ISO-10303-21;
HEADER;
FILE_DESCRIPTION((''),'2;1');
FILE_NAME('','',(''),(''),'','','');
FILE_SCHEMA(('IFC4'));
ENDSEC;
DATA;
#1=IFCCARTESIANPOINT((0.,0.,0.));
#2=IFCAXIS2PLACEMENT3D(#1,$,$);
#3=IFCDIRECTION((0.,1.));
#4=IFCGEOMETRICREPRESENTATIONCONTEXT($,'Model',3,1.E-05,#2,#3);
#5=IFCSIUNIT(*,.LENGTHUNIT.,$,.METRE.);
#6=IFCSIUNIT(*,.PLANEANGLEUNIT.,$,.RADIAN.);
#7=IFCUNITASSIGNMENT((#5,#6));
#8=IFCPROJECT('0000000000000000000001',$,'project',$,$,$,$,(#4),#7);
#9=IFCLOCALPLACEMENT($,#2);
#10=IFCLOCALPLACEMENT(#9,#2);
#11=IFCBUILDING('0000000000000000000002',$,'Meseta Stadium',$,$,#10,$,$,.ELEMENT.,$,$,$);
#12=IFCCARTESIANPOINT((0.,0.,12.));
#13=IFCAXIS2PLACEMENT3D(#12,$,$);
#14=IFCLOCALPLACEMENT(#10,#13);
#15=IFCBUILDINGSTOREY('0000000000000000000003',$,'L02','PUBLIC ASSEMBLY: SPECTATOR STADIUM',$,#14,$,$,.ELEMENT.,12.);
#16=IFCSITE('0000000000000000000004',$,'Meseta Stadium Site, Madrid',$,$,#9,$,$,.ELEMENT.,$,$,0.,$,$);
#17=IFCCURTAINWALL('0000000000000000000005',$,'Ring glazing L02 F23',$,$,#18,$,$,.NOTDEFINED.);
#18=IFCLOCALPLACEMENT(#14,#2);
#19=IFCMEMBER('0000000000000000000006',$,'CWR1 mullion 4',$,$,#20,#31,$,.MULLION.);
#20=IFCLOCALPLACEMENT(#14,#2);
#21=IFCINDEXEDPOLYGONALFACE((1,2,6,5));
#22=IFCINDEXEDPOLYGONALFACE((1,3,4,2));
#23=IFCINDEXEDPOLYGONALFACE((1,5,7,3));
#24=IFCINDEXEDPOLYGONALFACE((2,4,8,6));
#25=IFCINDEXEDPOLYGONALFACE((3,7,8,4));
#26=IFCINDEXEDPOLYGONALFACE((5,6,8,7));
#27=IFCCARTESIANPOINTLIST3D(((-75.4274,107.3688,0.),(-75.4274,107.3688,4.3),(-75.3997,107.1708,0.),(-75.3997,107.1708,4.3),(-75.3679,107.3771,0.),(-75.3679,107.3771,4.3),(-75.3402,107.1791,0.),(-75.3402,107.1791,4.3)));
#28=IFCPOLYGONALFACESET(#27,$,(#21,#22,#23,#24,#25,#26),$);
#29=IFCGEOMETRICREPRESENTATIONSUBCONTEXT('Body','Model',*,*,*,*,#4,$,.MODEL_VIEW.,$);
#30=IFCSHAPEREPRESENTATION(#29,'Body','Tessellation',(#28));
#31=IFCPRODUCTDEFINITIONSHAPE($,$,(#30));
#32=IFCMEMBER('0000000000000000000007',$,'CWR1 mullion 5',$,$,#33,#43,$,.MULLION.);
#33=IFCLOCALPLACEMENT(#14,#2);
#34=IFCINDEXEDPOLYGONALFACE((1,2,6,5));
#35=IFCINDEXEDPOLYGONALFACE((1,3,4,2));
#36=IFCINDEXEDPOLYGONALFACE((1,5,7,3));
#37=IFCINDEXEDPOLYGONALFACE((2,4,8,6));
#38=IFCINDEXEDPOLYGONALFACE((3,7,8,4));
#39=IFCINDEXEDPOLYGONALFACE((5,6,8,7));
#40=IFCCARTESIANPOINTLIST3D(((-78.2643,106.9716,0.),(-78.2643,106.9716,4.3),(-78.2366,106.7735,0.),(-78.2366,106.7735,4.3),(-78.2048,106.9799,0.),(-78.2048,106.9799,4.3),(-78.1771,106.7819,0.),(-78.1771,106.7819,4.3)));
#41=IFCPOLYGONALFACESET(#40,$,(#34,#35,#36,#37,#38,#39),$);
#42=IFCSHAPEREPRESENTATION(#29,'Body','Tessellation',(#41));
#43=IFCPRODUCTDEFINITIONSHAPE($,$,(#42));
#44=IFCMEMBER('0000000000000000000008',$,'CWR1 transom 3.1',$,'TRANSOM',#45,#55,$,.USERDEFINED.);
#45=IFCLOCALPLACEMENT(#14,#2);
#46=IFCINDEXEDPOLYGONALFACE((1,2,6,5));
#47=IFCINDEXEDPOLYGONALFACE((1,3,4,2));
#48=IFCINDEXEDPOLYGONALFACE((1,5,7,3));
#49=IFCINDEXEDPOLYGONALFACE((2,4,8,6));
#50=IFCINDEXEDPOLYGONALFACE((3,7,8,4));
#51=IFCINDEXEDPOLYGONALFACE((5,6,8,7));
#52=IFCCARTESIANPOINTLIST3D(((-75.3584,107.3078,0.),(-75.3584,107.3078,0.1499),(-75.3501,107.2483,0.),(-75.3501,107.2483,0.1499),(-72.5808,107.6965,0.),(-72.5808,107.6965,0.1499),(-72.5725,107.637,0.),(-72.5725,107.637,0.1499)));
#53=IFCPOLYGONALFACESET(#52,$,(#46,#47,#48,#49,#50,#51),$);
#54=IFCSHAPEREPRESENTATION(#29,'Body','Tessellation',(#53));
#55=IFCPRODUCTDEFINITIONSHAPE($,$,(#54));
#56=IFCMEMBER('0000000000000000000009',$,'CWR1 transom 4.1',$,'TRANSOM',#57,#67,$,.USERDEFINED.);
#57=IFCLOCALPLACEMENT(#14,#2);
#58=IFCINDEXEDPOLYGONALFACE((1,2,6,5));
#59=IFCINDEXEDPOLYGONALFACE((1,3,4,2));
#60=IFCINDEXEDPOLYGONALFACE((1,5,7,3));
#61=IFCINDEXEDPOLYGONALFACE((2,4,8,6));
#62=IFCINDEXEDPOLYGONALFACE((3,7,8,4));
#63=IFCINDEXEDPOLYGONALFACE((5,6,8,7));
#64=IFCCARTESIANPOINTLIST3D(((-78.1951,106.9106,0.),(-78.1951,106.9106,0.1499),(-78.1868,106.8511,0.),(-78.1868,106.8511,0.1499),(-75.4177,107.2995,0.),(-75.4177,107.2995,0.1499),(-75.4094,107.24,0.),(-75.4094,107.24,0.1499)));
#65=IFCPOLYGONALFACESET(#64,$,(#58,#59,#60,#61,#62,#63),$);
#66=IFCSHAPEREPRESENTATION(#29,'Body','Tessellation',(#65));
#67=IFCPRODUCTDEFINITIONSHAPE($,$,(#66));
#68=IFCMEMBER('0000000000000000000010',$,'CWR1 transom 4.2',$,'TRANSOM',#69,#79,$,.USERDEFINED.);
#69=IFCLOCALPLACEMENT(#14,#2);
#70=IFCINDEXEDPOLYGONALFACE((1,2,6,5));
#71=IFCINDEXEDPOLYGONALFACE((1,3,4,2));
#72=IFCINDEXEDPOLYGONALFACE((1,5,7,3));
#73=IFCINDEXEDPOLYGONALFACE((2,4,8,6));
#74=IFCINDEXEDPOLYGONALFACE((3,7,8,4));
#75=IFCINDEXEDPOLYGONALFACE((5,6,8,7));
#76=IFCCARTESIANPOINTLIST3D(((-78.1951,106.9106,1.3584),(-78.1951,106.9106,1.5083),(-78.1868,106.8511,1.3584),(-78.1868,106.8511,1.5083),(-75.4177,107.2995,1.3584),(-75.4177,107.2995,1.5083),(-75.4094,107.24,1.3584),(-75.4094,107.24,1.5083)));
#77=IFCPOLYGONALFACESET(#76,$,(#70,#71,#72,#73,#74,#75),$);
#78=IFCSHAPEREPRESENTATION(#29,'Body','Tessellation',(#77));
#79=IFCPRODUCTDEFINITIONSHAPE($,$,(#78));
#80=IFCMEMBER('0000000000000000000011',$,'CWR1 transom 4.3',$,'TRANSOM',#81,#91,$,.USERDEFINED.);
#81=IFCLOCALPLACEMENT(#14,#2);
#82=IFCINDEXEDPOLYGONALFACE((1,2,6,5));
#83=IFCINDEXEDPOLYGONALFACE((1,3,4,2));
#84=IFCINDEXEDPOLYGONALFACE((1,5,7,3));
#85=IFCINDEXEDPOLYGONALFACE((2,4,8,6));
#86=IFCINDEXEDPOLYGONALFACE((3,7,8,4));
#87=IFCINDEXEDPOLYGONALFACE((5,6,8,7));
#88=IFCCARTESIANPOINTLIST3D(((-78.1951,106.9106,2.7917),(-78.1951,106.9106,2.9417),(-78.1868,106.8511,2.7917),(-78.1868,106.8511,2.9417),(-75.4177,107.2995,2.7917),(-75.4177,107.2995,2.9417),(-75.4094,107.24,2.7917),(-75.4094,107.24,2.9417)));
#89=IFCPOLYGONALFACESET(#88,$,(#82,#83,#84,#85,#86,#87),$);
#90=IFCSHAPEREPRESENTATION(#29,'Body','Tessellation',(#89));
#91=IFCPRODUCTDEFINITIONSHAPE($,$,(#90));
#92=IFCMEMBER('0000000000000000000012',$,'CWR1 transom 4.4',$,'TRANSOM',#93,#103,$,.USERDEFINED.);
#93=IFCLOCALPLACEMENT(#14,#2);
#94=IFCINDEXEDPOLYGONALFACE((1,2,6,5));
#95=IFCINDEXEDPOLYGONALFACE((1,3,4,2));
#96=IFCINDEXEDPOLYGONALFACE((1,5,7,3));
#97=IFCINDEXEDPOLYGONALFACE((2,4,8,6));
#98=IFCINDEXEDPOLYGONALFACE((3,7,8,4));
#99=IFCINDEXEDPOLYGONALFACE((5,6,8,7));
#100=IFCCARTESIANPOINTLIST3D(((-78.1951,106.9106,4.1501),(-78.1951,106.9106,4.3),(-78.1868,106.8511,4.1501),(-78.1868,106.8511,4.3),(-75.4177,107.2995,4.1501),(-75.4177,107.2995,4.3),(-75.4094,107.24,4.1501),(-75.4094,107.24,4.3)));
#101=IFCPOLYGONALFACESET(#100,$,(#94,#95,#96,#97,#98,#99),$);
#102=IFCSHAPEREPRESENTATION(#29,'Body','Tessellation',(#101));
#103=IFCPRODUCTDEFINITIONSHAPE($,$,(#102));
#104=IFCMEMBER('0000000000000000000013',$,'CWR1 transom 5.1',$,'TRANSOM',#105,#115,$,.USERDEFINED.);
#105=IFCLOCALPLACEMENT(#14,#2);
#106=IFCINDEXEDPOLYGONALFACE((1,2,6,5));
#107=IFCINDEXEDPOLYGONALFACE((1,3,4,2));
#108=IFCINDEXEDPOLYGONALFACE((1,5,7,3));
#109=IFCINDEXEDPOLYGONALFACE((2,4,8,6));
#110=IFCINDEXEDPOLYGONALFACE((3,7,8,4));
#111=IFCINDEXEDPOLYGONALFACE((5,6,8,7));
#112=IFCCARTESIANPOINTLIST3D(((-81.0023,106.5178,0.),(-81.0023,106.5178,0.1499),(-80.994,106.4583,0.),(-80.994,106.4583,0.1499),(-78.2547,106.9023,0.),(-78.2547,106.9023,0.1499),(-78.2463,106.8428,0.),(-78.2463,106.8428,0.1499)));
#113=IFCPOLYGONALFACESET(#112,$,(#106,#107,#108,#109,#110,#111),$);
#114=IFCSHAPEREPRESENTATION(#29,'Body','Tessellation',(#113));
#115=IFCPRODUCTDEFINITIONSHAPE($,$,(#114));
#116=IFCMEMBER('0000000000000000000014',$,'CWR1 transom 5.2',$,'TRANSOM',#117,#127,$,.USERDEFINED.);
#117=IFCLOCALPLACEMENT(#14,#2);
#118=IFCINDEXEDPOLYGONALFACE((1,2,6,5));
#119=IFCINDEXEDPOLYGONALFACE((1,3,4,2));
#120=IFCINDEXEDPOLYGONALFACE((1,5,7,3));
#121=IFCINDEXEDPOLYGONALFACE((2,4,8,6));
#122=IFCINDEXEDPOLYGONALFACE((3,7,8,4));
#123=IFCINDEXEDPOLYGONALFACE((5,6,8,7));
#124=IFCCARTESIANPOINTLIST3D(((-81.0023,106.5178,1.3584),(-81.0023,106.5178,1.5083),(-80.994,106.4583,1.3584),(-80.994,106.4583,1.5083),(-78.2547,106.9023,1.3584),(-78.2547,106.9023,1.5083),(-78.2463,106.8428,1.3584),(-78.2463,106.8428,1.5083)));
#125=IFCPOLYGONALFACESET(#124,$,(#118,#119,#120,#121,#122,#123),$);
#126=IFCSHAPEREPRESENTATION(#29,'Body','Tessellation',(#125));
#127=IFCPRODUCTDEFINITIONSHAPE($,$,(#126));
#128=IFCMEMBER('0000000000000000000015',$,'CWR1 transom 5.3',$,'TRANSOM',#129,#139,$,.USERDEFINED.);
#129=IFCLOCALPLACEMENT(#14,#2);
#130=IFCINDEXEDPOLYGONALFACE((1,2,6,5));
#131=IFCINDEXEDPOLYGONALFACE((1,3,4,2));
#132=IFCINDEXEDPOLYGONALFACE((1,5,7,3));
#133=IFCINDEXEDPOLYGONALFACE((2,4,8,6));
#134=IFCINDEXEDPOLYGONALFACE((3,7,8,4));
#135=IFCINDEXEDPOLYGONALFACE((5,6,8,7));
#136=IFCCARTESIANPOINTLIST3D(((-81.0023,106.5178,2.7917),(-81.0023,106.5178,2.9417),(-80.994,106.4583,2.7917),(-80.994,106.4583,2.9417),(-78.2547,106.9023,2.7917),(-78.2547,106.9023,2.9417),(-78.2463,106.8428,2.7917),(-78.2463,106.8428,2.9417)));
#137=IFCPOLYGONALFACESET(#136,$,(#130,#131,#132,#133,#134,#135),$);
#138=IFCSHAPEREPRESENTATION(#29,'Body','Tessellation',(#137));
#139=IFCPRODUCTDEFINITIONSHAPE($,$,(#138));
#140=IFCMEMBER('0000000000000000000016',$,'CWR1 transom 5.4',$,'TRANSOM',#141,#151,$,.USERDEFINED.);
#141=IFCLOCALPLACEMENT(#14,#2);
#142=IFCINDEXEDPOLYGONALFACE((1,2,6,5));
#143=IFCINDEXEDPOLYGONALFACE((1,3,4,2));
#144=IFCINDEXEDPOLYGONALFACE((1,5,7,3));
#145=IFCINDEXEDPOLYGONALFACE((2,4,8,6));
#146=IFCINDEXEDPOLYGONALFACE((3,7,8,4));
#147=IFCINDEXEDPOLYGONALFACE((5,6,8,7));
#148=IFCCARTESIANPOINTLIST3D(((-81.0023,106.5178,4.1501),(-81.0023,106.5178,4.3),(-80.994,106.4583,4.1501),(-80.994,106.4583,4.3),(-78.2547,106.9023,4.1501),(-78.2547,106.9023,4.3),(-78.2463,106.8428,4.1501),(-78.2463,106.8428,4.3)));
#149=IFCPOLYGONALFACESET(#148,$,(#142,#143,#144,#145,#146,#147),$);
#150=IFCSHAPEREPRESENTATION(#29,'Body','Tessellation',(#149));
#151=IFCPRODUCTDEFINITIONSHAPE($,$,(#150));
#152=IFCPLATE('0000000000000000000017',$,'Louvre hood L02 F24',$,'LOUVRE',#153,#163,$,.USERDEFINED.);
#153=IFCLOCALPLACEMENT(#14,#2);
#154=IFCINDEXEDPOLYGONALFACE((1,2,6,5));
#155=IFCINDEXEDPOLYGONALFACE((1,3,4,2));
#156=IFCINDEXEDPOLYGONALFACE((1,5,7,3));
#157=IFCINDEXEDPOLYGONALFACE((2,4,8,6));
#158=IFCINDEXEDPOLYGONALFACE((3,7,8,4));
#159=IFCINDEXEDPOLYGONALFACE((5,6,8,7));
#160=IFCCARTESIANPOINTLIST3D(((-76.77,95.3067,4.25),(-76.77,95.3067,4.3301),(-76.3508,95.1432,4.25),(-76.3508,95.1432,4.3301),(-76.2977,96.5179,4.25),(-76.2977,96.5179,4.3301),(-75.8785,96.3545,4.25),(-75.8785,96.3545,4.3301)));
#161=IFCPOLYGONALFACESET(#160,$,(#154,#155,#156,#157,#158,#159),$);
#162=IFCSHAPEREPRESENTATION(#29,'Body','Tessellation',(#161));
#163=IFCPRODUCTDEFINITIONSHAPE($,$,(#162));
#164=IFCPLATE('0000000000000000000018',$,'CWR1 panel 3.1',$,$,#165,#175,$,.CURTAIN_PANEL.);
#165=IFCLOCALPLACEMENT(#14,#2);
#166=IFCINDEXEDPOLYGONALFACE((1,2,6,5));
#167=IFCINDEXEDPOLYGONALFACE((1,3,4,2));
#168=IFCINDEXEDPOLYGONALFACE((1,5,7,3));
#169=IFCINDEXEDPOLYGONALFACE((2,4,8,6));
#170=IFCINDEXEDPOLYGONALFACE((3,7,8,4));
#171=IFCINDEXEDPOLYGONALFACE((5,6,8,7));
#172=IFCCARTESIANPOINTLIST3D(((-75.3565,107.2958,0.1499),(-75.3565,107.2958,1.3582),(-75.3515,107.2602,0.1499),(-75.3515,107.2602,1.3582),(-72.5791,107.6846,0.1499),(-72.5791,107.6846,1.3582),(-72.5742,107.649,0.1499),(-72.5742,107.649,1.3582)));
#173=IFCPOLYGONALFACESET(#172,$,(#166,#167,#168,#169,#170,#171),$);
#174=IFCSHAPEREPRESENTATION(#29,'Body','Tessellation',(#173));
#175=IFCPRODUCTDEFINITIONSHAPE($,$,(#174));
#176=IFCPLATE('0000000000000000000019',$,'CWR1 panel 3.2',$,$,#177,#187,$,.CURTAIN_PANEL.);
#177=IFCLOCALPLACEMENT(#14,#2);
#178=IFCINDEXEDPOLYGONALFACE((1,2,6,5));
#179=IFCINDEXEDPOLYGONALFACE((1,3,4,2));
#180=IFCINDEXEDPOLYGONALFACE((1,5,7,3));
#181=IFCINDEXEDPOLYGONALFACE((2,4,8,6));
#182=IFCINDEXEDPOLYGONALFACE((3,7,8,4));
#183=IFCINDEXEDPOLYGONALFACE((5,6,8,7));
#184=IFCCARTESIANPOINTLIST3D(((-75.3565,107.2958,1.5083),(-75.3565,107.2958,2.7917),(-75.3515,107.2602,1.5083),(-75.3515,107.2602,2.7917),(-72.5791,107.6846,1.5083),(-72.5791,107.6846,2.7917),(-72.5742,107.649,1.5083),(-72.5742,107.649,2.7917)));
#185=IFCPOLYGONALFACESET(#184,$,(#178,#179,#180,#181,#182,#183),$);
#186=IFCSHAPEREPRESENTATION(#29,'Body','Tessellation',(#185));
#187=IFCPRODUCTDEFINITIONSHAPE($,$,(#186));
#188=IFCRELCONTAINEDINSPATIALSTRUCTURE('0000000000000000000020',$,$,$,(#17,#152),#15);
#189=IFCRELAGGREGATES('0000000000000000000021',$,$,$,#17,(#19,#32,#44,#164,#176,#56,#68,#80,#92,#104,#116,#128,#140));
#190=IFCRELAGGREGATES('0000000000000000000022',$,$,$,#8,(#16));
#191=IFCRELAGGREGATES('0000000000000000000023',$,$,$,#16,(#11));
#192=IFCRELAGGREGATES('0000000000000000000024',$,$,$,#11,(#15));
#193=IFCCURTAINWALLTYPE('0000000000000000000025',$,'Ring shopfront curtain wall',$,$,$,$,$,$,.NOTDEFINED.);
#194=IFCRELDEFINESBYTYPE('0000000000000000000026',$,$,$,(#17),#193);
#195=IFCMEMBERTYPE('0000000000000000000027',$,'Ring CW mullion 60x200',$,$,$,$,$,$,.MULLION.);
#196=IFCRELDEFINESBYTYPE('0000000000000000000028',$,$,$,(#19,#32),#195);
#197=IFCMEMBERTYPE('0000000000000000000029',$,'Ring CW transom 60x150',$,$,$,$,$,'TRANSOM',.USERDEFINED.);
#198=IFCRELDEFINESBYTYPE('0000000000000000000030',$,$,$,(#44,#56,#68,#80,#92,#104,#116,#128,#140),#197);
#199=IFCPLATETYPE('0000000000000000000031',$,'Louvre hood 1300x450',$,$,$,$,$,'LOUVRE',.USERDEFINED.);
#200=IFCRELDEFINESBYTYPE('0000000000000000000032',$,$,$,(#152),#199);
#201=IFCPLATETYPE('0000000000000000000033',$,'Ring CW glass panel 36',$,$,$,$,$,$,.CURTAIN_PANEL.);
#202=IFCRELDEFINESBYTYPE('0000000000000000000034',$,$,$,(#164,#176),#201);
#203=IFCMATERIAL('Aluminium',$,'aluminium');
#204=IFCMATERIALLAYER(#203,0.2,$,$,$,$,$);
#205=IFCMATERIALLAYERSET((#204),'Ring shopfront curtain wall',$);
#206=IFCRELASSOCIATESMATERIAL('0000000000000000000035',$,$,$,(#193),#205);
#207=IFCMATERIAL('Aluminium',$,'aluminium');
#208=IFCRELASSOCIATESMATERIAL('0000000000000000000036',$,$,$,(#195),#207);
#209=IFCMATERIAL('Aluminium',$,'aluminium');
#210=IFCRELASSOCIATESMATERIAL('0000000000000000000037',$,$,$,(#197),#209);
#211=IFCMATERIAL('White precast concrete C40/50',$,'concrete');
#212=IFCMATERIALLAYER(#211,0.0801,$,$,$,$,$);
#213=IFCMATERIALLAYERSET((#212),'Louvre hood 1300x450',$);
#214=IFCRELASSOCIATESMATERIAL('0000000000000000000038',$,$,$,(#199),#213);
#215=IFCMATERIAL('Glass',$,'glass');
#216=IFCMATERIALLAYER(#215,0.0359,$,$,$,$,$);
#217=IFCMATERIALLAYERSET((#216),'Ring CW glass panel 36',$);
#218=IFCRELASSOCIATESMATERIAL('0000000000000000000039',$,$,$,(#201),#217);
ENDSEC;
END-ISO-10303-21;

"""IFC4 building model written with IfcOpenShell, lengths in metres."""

from ifc_helpers import new_model, si_unit, direction, frame, origin, origin_2d, place, context, subcontext, project, spatial, rectangle, extrude, material, layer, layer_set, material_profile, profile_set, type_object, element, aggregate, save


model = new_model("IFC4")

# Units and contexts
model_context = context("Model", 3, precision=1e-05, world=origin(), true_north=direction((0.0, 1.0)))
body_context = subcontext(model_context, "Body", "Model", "MODEL_VIEW")
ifc_project = project(units=[si_unit("LENGTHUNIT", "METRE"), si_unit("PLANEANGLEUNIT", "RADIAN")], contexts=[model_context])

# Site, building, storey
site_placement = place(None, origin())
site = spatial("IfcSite", under=ifc_project, at=site_placement, Name="Meseta Stadium Site, Madrid", CompositionType="ELEMENT", RefElevation=0.0)
building_placement = place(site_placement, origin())
building = spatial("IfcBuilding", under=site, at=building_placement, Name="Meseta Stadium", CompositionType="ELEMENT")
storey_placement = place(building_placement, frame((0.0, 0.0, 12.0)))
storey = spatial("IfcBuildingStorey", under=building, at=storey_placement, Name="L02", Description="PUBLIC ASSEMBLY: SPECTATOR STADIUM", CompositionType="ELEMENT", Elevation=12.0)

# Curtain wall, members
ifc_material_1 = material(Name="Aluminium", Category="aluminium")
ifc_layer_1 = layer(ifc_material_1, 0.2)
ifc_layer_set_1 = layer_set([ifc_layer_1], Name="Ring shopfront curtain wall")
curtain_wall_type = type_object("IfcCurtainWallType", Name="Ring shopfront curtain wall", PredefinedType="NOTDEFINED", material=ifc_layer_set_1)
curtain_wall_placement = place(storey_placement, origin())
curtain_wall = element("IfcCurtainWall", 1, at=curtain_wall_placement, inside=storey, type_object=curtain_wall_type, Name="Ring glazing L02 F23", PredefinedType="NOTDEFINED")
ifc_material_2 = material(Name="Aluminium", Category="aluminium")
ifc_material_profile_1 = material_profile(ifc_material_2, rectangle(XDim=0.2, YDim=0.0601, at=origin_2d()), Name="CW 200x60")
ifc_profile_set_1 = profile_set([ifc_material_profile_1], Name="Aluminium")
member_type_1 = type_object("IfcMemberType", Name="Ring CW mullion 60x200", PredefinedType="MULLION", material=ifc_profile_set_1)
member_1_placement = place(storey_placement, frame((-75.3838, 107.2739, 0.0), z_axis=(0.0, 0.0, 1.0), x_axis=(0.138643, -0.990342, 0.0)))
member_1 = element("IfcMember", 2, at=member_1_placement, type_object=member_type_1, Name="CWR1 mullion 4", PredefinedType="MULLION", context=body_context, shape_type="SweptSolid", body=[
    extrude(rectangle(XDim=0.2, YDim=0.0601, at=origin_2d()), origin(), (0.0, 0.0, 1.0), 4.3),
])
member_2_placement = place(storey_placement, frame((-78.2207, 106.8767, 0.0), z_axis=(0.0, 0.0, 1.0), x_axis=(0.138643, -0.990342, 0.0)))
member_2 = element("IfcMember", 3, at=member_2_placement, type_object=member_type_1, Name="CWR1 mullion 5", PredefinedType="MULLION", context=body_context, shape_type="SweptSolid", body=[
    extrude(rectangle(XDim=0.2, YDim=0.0601, at=origin_2d()), origin(), (0.0, 0.0, 1.0), 4.3),
])
ifc_material_3 = material(Name="Aluminium", Category="aluminium")
ifc_material_profile_2 = material_profile(ifc_material_3, rectangle(XDim=0.0601, YDim=0.1499, at=origin_2d()), Name="CW 60x150")
ifc_profile_set_2 = profile_set([ifc_material_profile_2], Name="Aluminium")
member_type_2 = type_object("IfcMemberType", Name="Ring CW transom 60x150", ElementType="TRANSOM", PredefinedType="USERDEFINED", material=ifc_profile_set_2)
member_3_placement = place(storey_placement, frame((-72.5767, 107.6667, 0.075), z_axis=(-0.990351, -0.138581, 0.0), x_axis=(0.138581, -0.990351, 0.0)))
member_3 = element("IfcMember", 4, at=member_3_placement, type_object=member_type_2, Name="CWR1 transom 3.1", ObjectType="TRANSOM", PredefinedType="USERDEFINED", context=body_context, shape_type="SweptSolid", body=[
    extrude(rectangle(XDim=0.0601, YDim=0.1499, at=origin_2d()), origin(), (0.0, 0.0, 1.0), 2.8047),
])
member_4_placement = place(storey_placement, frame((-75.4136, 107.2698, 0.075), z_axis=(-0.990337, -0.138679, 0.0), x_axis=(0.138679, -0.990337, 0.0)))
member_4 = element("IfcMember", 5, at=member_4_placement, type_object=member_type_2, Name="CWR1 transom 4.1", ObjectType="TRANSOM", PredefinedType="USERDEFINED", context=body_context, shape_type="SweptSolid", body=[
    extrude(rectangle(XDim=0.0601, YDim=0.1499, at=origin_2d()), origin(), (0.0, 0.0, 1.0), 2.8044),
])
member_5_placement = place(storey_placement, frame((-75.4136, 107.2698, 1.4333), z_axis=(-0.990337, -0.138679, 0.0), x_axis=(0.138679, -0.990337, 0.0)))
member_5 = element("IfcMember", 6, at=member_5_placement, type_object=member_type_2, Name="CWR1 transom 4.2", ObjectType="TRANSOM", PredefinedType="USERDEFINED", context=body_context, shape_type="SweptSolid", body=[
    extrude(rectangle(XDim=0.0601, YDim=0.1499, at=origin_2d()), origin(), (0.0, 0.0, 1.0), 2.8044),
])
member_6_placement = place(storey_placement, frame((-75.4136, 107.2698, 2.8667), z_axis=(-0.990337, -0.138679, 0.0), x_axis=(0.138679, -0.990337, 0.0)))
member_6 = element("IfcMember", 7, at=member_6_placement, type_object=member_type_2, Name="CWR1 transom 4.3", ObjectType="TRANSOM", PredefinedType="USERDEFINED", context=body_context, shape_type="SweptSolid", body=[
    extrude(rectangle(XDim=0.0601, YDim=0.1499, at=origin_2d()), origin(), (0.0, 0.0, 1.0), 2.8044),
])
member_7_placement = place(storey_placement, frame((-75.4136, 107.2698, 4.2251), z_axis=(-0.990337, -0.138679, 0.0), x_axis=(0.138679, -0.990337, 0.0)))
member_7 = element("IfcMember", 8, at=member_7_placement, type_object=member_type_2, Name="CWR1 transom 4.4", ObjectType="TRANSOM", PredefinedType="USERDEFINED", context=body_context, shape_type="SweptSolid", body=[
    extrude(rectangle(XDim=0.0601, YDim=0.1499, at=origin_2d()), origin(), (0.0, 0.0, 1.0), 2.8044),
])
member_8_placement = place(storey_placement, frame((-78.2505, 106.8726, 0.075), z_axis=(-0.990349, -0.1386, 0.0), x_axis=(0.1386, -0.990349, 0.0)))
member_8 = element("IfcMember", 9, at=member_8_placement, type_object=member_type_2, Name="CWR1 transom 5.1", ObjectType="TRANSOM", PredefinedType="USERDEFINED", context=body_context, shape_type="SweptSolid", body=[
    extrude(rectangle(XDim=0.0601, YDim=0.1499, at=origin_2d()), origin(), (0.0, 0.0, 1.0), 2.7744),
])
member_9_placement = place(storey_placement, frame((-78.2505, 106.8726, 1.4333), z_axis=(-0.990349, -0.1386, 0.0), x_axis=(0.1386, -0.990349, 0.0)))
member_9 = element("IfcMember", 10, at=member_9_placement, type_object=member_type_2, Name="CWR1 transom 5.2", ObjectType="TRANSOM", PredefinedType="USERDEFINED", context=body_context, shape_type="SweptSolid", body=[
    extrude(rectangle(XDim=0.0601, YDim=0.1499, at=origin_2d()), origin(), (0.0, 0.0, 1.0), 2.7744),
])
member_10_placement = place(storey_placement, frame((-78.2505, 106.8726, 2.8667), z_axis=(-0.990349, -0.1386, 0.0), x_axis=(0.1386, -0.990349, 0.0)))
member_10 = element("IfcMember", 11, at=member_10_placement, type_object=member_type_2, Name="CWR1 transom 5.3", ObjectType="TRANSOM", PredefinedType="USERDEFINED", context=body_context, shape_type="SweptSolid", body=[
    extrude(rectangle(XDim=0.0601, YDim=0.1499, at=origin_2d()), origin(), (0.0, 0.0, 1.0), 2.7744),
])
member_11_placement = place(storey_placement, frame((-78.2505, 106.8726, 4.2251), z_axis=(-0.990349, -0.1386, 0.0), x_axis=(0.1386, -0.990349, 0.0)))
member_11 = element("IfcMember", 12, at=member_11_placement, type_object=member_type_2, Name="CWR1 transom 5.4", ObjectType="TRANSOM", PredefinedType="USERDEFINED", context=body_context, shape_type="SweptSolid", body=[
    extrude(rectangle(XDim=0.0601, YDim=0.1499, at=origin_2d()), origin(), (0.0, 0.0, 1.0), 2.7744),
])

# Plates
ifc_material_4 = material(Name="White precast concrete C40/50", Category="concrete")
ifc_layer_2 = layer(ifc_material_4, 0.0801)
ifc_layer_set_2 = layer_set([ifc_layer_2], Name="Louvre hood 1300x450")
plate_type_1 = type_object("IfcPlateType", Name="Louvre hood 1300x450", ElementType="LOUVRE", PredefinedType="USERDEFINED", material=ifc_layer_set_2)
plate_1_placement = place(storey_placement, frame((-76.3242, 95.8306, 4.25), z_axis=(0.0, 0.0, 1.0), x_axis=(-0.36328, -0.93168, 0.0)))
element("IfcPlate", 13, at=plate_1_placement, inside=storey, type_object=plate_type_1, Name="Louvre hood L02 F24", ObjectType="LOUVRE", PredefinedType="USERDEFINED", context=body_context, shape_type="SweptSolid", body=[
    extrude(rectangle(XDim=1.3, YDim=0.45, at=origin_2d()), origin(), (0.0, 0.0, 1.0), 0.0801),
])
ifc_material_5 = material(Name="Glass", Category="glass")
ifc_layer_3 = layer(ifc_material_5, 0.0359)
ifc_layer_set_3 = layer_set([ifc_layer_3], Name="Ring CW glass panel 36")
plate_type_2 = type_object("IfcPlateType", Name="Ring CW glass panel 36", PredefinedType="CURTAIN_PANEL", material=ifc_layer_set_3)
plate_2_placement = place(storey_placement, frame((-73.9653, 107.4724, 0.1499), z_axis=(0.0, 0.0, 1.0), x_axis=(-0.990342, -0.138643, 0.0)))
plate_2 = element("IfcPlate", 14, at=plate_2_placement, type_object=plate_type_2, Name="CWR1 panel 3.1", PredefinedType="CURTAIN_PANEL", context=body_context, shape_type="SweptSolid", body=[
    extrude(rectangle(XDim=2.8044, YDim=0.0359, at=origin_2d()), origin(), (0.0, 0.0, 1.0), 1.2083),
])
plate_3_placement = place(storey_placement, frame((-73.9653, 107.4724, 1.5083), z_axis=(0.0, 0.0, 1.0), x_axis=(-0.990342, -0.138643, 0.0)))
plate_3 = element("IfcPlate", 15, at=plate_3_placement, type_object=plate_type_2, Name="CWR1 panel 3.2", PredefinedType="CURTAIN_PANEL", context=body_context, shape_type="SweptSolid", body=[
    extrude(rectangle(XDim=2.8044, YDim=0.0359, at=origin_2d()), origin(), (0.0, 0.0, 1.0), 1.2834),
])
aggregate(curtain_wall, [member_1, member_2, member_3, plate_2, plate_3, member_4, member_5, member_6, member_7, member_8, member_9, member_10, member_11])

save(model, "model.ifc")
